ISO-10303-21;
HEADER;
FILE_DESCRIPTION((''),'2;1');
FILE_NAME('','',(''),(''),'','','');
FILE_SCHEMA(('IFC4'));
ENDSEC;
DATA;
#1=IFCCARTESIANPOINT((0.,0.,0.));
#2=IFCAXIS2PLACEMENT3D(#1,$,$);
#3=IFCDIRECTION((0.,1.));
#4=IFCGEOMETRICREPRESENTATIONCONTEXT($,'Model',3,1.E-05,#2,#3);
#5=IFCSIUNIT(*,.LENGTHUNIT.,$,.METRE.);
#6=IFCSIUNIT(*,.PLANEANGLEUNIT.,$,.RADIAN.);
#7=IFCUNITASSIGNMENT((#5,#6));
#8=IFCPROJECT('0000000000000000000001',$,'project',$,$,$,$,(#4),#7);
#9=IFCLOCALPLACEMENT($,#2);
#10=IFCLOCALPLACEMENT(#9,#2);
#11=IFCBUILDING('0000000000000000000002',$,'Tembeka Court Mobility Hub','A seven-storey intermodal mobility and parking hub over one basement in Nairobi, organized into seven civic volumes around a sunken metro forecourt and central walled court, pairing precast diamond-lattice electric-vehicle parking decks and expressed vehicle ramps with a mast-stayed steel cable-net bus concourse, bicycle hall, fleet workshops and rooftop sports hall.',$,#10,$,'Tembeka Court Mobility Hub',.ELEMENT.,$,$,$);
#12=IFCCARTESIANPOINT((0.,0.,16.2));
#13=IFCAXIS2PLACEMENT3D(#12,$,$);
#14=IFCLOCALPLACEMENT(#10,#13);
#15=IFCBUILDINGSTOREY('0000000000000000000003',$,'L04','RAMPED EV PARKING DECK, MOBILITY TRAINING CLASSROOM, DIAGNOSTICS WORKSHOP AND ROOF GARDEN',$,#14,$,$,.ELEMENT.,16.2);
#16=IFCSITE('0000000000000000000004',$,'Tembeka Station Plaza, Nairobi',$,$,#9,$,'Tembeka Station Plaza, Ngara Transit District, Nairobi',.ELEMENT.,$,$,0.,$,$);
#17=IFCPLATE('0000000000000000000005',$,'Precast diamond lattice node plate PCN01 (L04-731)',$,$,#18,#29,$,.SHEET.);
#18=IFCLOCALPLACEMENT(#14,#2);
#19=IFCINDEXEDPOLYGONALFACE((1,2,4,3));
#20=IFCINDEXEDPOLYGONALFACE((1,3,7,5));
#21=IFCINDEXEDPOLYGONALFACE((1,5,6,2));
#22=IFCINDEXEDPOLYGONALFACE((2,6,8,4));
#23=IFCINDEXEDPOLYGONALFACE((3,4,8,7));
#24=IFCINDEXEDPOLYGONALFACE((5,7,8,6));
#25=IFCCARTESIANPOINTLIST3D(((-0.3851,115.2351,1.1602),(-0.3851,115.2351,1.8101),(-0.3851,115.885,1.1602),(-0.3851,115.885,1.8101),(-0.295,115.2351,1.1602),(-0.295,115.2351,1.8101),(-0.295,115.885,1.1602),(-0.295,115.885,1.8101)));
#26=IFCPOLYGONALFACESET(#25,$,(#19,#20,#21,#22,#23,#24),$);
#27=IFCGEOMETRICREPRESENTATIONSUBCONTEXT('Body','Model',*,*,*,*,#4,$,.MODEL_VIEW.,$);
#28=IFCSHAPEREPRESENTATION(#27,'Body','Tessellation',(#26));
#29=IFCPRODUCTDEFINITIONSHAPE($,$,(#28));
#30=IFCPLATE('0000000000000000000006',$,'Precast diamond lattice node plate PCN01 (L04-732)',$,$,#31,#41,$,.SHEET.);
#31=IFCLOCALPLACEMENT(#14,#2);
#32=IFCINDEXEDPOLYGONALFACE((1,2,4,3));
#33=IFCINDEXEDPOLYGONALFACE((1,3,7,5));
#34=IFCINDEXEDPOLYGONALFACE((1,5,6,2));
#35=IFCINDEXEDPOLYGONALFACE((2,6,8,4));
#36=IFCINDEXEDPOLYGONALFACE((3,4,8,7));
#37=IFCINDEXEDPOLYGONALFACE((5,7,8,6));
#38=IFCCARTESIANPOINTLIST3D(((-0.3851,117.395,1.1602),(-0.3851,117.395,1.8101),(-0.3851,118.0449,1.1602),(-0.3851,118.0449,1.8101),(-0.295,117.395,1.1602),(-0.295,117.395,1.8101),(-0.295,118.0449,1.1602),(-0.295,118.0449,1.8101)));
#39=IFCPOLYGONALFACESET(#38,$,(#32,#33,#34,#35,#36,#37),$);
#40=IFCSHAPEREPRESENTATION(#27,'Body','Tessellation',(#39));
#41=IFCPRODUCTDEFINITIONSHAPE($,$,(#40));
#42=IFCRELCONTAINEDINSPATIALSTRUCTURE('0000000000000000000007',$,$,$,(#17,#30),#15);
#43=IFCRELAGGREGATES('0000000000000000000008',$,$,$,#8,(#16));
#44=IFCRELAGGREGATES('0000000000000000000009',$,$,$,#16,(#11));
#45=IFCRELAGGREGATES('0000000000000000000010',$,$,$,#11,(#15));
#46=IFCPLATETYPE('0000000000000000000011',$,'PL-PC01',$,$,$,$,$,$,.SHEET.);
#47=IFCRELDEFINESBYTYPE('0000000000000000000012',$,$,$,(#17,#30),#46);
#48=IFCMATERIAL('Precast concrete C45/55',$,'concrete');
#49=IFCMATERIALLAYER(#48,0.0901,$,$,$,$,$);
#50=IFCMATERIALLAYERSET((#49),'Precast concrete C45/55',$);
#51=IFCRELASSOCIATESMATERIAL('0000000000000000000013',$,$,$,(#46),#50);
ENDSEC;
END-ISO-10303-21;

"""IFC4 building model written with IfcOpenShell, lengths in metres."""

from ifc_helpers import new_model, si_unit, direction, frame, origin, origin_2d, place, context, subcontext, project, spatial, rectangle, extrude, material, layer, layer_set, type_object, element, save


model = new_model("IFC4")

# Units and contexts
model_context = context("Model", 3, precision=1e-05, world=origin(), true_north=direction((0.0, 1.0)))
body_context = subcontext(model_context, "Body", "Model", "MODEL_VIEW")
ifc_project = project(units=[si_unit("LENGTHUNIT", "METRE"), si_unit("PLANEANGLEUNIT", "RADIAN")], contexts=[model_context])

# Site, building, storey
site_placement = place(None, origin())
site = spatial("IfcSite", under=ifc_project, at=site_placement, Name="Tembeka Station Plaza, Nairobi", LongName="Tembeka Station Plaza, Ngara Transit District, Nairobi", CompositionType="ELEMENT", RefElevation=0.0)
building_placement = place(site_placement, origin())
building = spatial("IfcBuilding", under=site, at=building_placement, Name="Tembeka Court Mobility Hub", Description="A seven-storey intermodal mobility and parking hub over one basement in Nairobi, organized into seven civic volumes around a sunken metro forecourt and central walled court, pairing precast diamond-lattice electric-vehicle parking decks and expressed vehicle ramps with a mast-stayed steel cable-net bus concourse, bicycle hall, fleet workshops and rooftop sports hall.", LongName="Tembeka Court Mobility Hub", CompositionType="ELEMENT")
storey_placement = place(building_placement, frame((0.0, 0.0, 16.2)))
storey = spatial("IfcBuildingStorey", under=building, at=storey_placement, Name="L04", Description="RAMPED EV PARKING DECK, MOBILITY TRAINING CLASSROOM, DIAGNOSTICS WORKSHOP AND ROOF GARDEN", CompositionType="ELEMENT", Elevation=16.2)

# Shared definitions
ifc_material_1 = material(Name="Precast concrete C45/55", Category="concrete")

# Plates
ifc_layer = layer(ifc_material_1, 0.0901)
ifc_layer_set = layer_set([ifc_layer], Name="Precast concrete C45/55")
plate_type = type_object("IfcPlateType", Name="PL-PC01", PredefinedType="SHEET", material=ifc_layer_set)
for number, where, z_axis, x_axis, name in (
    (1, (-0.3401, 115.5601, 1.1602), (0.0, 0.0, 1.0), (1.0, 0.0, 0.0), "Precast diamond lattice node plate PCN01 (L04-731)"),
    (2, (-0.3401, 117.72, 1.1602), (0.0, 0.0, 1.0), (1.0, 0.0, 0.0), "Precast diamond lattice node plate PCN01 (L04-732)"),
):
    element("IfcPlate", number, at=place(storey_placement, frame(where, z_axis=z_axis, x_axis=x_axis)), inside=storey, type_object=plate_type, Name=name, PredefinedType="SHEET", context=body_context, shape_type="SweptSolid", body=[
        extrude(rectangle(XDim=0.0901, YDim=0.6499, at=origin_2d()), origin(), (0.0, 0.0, 1.0), 0.6499),
    ])

save(model, "model.ifc")
